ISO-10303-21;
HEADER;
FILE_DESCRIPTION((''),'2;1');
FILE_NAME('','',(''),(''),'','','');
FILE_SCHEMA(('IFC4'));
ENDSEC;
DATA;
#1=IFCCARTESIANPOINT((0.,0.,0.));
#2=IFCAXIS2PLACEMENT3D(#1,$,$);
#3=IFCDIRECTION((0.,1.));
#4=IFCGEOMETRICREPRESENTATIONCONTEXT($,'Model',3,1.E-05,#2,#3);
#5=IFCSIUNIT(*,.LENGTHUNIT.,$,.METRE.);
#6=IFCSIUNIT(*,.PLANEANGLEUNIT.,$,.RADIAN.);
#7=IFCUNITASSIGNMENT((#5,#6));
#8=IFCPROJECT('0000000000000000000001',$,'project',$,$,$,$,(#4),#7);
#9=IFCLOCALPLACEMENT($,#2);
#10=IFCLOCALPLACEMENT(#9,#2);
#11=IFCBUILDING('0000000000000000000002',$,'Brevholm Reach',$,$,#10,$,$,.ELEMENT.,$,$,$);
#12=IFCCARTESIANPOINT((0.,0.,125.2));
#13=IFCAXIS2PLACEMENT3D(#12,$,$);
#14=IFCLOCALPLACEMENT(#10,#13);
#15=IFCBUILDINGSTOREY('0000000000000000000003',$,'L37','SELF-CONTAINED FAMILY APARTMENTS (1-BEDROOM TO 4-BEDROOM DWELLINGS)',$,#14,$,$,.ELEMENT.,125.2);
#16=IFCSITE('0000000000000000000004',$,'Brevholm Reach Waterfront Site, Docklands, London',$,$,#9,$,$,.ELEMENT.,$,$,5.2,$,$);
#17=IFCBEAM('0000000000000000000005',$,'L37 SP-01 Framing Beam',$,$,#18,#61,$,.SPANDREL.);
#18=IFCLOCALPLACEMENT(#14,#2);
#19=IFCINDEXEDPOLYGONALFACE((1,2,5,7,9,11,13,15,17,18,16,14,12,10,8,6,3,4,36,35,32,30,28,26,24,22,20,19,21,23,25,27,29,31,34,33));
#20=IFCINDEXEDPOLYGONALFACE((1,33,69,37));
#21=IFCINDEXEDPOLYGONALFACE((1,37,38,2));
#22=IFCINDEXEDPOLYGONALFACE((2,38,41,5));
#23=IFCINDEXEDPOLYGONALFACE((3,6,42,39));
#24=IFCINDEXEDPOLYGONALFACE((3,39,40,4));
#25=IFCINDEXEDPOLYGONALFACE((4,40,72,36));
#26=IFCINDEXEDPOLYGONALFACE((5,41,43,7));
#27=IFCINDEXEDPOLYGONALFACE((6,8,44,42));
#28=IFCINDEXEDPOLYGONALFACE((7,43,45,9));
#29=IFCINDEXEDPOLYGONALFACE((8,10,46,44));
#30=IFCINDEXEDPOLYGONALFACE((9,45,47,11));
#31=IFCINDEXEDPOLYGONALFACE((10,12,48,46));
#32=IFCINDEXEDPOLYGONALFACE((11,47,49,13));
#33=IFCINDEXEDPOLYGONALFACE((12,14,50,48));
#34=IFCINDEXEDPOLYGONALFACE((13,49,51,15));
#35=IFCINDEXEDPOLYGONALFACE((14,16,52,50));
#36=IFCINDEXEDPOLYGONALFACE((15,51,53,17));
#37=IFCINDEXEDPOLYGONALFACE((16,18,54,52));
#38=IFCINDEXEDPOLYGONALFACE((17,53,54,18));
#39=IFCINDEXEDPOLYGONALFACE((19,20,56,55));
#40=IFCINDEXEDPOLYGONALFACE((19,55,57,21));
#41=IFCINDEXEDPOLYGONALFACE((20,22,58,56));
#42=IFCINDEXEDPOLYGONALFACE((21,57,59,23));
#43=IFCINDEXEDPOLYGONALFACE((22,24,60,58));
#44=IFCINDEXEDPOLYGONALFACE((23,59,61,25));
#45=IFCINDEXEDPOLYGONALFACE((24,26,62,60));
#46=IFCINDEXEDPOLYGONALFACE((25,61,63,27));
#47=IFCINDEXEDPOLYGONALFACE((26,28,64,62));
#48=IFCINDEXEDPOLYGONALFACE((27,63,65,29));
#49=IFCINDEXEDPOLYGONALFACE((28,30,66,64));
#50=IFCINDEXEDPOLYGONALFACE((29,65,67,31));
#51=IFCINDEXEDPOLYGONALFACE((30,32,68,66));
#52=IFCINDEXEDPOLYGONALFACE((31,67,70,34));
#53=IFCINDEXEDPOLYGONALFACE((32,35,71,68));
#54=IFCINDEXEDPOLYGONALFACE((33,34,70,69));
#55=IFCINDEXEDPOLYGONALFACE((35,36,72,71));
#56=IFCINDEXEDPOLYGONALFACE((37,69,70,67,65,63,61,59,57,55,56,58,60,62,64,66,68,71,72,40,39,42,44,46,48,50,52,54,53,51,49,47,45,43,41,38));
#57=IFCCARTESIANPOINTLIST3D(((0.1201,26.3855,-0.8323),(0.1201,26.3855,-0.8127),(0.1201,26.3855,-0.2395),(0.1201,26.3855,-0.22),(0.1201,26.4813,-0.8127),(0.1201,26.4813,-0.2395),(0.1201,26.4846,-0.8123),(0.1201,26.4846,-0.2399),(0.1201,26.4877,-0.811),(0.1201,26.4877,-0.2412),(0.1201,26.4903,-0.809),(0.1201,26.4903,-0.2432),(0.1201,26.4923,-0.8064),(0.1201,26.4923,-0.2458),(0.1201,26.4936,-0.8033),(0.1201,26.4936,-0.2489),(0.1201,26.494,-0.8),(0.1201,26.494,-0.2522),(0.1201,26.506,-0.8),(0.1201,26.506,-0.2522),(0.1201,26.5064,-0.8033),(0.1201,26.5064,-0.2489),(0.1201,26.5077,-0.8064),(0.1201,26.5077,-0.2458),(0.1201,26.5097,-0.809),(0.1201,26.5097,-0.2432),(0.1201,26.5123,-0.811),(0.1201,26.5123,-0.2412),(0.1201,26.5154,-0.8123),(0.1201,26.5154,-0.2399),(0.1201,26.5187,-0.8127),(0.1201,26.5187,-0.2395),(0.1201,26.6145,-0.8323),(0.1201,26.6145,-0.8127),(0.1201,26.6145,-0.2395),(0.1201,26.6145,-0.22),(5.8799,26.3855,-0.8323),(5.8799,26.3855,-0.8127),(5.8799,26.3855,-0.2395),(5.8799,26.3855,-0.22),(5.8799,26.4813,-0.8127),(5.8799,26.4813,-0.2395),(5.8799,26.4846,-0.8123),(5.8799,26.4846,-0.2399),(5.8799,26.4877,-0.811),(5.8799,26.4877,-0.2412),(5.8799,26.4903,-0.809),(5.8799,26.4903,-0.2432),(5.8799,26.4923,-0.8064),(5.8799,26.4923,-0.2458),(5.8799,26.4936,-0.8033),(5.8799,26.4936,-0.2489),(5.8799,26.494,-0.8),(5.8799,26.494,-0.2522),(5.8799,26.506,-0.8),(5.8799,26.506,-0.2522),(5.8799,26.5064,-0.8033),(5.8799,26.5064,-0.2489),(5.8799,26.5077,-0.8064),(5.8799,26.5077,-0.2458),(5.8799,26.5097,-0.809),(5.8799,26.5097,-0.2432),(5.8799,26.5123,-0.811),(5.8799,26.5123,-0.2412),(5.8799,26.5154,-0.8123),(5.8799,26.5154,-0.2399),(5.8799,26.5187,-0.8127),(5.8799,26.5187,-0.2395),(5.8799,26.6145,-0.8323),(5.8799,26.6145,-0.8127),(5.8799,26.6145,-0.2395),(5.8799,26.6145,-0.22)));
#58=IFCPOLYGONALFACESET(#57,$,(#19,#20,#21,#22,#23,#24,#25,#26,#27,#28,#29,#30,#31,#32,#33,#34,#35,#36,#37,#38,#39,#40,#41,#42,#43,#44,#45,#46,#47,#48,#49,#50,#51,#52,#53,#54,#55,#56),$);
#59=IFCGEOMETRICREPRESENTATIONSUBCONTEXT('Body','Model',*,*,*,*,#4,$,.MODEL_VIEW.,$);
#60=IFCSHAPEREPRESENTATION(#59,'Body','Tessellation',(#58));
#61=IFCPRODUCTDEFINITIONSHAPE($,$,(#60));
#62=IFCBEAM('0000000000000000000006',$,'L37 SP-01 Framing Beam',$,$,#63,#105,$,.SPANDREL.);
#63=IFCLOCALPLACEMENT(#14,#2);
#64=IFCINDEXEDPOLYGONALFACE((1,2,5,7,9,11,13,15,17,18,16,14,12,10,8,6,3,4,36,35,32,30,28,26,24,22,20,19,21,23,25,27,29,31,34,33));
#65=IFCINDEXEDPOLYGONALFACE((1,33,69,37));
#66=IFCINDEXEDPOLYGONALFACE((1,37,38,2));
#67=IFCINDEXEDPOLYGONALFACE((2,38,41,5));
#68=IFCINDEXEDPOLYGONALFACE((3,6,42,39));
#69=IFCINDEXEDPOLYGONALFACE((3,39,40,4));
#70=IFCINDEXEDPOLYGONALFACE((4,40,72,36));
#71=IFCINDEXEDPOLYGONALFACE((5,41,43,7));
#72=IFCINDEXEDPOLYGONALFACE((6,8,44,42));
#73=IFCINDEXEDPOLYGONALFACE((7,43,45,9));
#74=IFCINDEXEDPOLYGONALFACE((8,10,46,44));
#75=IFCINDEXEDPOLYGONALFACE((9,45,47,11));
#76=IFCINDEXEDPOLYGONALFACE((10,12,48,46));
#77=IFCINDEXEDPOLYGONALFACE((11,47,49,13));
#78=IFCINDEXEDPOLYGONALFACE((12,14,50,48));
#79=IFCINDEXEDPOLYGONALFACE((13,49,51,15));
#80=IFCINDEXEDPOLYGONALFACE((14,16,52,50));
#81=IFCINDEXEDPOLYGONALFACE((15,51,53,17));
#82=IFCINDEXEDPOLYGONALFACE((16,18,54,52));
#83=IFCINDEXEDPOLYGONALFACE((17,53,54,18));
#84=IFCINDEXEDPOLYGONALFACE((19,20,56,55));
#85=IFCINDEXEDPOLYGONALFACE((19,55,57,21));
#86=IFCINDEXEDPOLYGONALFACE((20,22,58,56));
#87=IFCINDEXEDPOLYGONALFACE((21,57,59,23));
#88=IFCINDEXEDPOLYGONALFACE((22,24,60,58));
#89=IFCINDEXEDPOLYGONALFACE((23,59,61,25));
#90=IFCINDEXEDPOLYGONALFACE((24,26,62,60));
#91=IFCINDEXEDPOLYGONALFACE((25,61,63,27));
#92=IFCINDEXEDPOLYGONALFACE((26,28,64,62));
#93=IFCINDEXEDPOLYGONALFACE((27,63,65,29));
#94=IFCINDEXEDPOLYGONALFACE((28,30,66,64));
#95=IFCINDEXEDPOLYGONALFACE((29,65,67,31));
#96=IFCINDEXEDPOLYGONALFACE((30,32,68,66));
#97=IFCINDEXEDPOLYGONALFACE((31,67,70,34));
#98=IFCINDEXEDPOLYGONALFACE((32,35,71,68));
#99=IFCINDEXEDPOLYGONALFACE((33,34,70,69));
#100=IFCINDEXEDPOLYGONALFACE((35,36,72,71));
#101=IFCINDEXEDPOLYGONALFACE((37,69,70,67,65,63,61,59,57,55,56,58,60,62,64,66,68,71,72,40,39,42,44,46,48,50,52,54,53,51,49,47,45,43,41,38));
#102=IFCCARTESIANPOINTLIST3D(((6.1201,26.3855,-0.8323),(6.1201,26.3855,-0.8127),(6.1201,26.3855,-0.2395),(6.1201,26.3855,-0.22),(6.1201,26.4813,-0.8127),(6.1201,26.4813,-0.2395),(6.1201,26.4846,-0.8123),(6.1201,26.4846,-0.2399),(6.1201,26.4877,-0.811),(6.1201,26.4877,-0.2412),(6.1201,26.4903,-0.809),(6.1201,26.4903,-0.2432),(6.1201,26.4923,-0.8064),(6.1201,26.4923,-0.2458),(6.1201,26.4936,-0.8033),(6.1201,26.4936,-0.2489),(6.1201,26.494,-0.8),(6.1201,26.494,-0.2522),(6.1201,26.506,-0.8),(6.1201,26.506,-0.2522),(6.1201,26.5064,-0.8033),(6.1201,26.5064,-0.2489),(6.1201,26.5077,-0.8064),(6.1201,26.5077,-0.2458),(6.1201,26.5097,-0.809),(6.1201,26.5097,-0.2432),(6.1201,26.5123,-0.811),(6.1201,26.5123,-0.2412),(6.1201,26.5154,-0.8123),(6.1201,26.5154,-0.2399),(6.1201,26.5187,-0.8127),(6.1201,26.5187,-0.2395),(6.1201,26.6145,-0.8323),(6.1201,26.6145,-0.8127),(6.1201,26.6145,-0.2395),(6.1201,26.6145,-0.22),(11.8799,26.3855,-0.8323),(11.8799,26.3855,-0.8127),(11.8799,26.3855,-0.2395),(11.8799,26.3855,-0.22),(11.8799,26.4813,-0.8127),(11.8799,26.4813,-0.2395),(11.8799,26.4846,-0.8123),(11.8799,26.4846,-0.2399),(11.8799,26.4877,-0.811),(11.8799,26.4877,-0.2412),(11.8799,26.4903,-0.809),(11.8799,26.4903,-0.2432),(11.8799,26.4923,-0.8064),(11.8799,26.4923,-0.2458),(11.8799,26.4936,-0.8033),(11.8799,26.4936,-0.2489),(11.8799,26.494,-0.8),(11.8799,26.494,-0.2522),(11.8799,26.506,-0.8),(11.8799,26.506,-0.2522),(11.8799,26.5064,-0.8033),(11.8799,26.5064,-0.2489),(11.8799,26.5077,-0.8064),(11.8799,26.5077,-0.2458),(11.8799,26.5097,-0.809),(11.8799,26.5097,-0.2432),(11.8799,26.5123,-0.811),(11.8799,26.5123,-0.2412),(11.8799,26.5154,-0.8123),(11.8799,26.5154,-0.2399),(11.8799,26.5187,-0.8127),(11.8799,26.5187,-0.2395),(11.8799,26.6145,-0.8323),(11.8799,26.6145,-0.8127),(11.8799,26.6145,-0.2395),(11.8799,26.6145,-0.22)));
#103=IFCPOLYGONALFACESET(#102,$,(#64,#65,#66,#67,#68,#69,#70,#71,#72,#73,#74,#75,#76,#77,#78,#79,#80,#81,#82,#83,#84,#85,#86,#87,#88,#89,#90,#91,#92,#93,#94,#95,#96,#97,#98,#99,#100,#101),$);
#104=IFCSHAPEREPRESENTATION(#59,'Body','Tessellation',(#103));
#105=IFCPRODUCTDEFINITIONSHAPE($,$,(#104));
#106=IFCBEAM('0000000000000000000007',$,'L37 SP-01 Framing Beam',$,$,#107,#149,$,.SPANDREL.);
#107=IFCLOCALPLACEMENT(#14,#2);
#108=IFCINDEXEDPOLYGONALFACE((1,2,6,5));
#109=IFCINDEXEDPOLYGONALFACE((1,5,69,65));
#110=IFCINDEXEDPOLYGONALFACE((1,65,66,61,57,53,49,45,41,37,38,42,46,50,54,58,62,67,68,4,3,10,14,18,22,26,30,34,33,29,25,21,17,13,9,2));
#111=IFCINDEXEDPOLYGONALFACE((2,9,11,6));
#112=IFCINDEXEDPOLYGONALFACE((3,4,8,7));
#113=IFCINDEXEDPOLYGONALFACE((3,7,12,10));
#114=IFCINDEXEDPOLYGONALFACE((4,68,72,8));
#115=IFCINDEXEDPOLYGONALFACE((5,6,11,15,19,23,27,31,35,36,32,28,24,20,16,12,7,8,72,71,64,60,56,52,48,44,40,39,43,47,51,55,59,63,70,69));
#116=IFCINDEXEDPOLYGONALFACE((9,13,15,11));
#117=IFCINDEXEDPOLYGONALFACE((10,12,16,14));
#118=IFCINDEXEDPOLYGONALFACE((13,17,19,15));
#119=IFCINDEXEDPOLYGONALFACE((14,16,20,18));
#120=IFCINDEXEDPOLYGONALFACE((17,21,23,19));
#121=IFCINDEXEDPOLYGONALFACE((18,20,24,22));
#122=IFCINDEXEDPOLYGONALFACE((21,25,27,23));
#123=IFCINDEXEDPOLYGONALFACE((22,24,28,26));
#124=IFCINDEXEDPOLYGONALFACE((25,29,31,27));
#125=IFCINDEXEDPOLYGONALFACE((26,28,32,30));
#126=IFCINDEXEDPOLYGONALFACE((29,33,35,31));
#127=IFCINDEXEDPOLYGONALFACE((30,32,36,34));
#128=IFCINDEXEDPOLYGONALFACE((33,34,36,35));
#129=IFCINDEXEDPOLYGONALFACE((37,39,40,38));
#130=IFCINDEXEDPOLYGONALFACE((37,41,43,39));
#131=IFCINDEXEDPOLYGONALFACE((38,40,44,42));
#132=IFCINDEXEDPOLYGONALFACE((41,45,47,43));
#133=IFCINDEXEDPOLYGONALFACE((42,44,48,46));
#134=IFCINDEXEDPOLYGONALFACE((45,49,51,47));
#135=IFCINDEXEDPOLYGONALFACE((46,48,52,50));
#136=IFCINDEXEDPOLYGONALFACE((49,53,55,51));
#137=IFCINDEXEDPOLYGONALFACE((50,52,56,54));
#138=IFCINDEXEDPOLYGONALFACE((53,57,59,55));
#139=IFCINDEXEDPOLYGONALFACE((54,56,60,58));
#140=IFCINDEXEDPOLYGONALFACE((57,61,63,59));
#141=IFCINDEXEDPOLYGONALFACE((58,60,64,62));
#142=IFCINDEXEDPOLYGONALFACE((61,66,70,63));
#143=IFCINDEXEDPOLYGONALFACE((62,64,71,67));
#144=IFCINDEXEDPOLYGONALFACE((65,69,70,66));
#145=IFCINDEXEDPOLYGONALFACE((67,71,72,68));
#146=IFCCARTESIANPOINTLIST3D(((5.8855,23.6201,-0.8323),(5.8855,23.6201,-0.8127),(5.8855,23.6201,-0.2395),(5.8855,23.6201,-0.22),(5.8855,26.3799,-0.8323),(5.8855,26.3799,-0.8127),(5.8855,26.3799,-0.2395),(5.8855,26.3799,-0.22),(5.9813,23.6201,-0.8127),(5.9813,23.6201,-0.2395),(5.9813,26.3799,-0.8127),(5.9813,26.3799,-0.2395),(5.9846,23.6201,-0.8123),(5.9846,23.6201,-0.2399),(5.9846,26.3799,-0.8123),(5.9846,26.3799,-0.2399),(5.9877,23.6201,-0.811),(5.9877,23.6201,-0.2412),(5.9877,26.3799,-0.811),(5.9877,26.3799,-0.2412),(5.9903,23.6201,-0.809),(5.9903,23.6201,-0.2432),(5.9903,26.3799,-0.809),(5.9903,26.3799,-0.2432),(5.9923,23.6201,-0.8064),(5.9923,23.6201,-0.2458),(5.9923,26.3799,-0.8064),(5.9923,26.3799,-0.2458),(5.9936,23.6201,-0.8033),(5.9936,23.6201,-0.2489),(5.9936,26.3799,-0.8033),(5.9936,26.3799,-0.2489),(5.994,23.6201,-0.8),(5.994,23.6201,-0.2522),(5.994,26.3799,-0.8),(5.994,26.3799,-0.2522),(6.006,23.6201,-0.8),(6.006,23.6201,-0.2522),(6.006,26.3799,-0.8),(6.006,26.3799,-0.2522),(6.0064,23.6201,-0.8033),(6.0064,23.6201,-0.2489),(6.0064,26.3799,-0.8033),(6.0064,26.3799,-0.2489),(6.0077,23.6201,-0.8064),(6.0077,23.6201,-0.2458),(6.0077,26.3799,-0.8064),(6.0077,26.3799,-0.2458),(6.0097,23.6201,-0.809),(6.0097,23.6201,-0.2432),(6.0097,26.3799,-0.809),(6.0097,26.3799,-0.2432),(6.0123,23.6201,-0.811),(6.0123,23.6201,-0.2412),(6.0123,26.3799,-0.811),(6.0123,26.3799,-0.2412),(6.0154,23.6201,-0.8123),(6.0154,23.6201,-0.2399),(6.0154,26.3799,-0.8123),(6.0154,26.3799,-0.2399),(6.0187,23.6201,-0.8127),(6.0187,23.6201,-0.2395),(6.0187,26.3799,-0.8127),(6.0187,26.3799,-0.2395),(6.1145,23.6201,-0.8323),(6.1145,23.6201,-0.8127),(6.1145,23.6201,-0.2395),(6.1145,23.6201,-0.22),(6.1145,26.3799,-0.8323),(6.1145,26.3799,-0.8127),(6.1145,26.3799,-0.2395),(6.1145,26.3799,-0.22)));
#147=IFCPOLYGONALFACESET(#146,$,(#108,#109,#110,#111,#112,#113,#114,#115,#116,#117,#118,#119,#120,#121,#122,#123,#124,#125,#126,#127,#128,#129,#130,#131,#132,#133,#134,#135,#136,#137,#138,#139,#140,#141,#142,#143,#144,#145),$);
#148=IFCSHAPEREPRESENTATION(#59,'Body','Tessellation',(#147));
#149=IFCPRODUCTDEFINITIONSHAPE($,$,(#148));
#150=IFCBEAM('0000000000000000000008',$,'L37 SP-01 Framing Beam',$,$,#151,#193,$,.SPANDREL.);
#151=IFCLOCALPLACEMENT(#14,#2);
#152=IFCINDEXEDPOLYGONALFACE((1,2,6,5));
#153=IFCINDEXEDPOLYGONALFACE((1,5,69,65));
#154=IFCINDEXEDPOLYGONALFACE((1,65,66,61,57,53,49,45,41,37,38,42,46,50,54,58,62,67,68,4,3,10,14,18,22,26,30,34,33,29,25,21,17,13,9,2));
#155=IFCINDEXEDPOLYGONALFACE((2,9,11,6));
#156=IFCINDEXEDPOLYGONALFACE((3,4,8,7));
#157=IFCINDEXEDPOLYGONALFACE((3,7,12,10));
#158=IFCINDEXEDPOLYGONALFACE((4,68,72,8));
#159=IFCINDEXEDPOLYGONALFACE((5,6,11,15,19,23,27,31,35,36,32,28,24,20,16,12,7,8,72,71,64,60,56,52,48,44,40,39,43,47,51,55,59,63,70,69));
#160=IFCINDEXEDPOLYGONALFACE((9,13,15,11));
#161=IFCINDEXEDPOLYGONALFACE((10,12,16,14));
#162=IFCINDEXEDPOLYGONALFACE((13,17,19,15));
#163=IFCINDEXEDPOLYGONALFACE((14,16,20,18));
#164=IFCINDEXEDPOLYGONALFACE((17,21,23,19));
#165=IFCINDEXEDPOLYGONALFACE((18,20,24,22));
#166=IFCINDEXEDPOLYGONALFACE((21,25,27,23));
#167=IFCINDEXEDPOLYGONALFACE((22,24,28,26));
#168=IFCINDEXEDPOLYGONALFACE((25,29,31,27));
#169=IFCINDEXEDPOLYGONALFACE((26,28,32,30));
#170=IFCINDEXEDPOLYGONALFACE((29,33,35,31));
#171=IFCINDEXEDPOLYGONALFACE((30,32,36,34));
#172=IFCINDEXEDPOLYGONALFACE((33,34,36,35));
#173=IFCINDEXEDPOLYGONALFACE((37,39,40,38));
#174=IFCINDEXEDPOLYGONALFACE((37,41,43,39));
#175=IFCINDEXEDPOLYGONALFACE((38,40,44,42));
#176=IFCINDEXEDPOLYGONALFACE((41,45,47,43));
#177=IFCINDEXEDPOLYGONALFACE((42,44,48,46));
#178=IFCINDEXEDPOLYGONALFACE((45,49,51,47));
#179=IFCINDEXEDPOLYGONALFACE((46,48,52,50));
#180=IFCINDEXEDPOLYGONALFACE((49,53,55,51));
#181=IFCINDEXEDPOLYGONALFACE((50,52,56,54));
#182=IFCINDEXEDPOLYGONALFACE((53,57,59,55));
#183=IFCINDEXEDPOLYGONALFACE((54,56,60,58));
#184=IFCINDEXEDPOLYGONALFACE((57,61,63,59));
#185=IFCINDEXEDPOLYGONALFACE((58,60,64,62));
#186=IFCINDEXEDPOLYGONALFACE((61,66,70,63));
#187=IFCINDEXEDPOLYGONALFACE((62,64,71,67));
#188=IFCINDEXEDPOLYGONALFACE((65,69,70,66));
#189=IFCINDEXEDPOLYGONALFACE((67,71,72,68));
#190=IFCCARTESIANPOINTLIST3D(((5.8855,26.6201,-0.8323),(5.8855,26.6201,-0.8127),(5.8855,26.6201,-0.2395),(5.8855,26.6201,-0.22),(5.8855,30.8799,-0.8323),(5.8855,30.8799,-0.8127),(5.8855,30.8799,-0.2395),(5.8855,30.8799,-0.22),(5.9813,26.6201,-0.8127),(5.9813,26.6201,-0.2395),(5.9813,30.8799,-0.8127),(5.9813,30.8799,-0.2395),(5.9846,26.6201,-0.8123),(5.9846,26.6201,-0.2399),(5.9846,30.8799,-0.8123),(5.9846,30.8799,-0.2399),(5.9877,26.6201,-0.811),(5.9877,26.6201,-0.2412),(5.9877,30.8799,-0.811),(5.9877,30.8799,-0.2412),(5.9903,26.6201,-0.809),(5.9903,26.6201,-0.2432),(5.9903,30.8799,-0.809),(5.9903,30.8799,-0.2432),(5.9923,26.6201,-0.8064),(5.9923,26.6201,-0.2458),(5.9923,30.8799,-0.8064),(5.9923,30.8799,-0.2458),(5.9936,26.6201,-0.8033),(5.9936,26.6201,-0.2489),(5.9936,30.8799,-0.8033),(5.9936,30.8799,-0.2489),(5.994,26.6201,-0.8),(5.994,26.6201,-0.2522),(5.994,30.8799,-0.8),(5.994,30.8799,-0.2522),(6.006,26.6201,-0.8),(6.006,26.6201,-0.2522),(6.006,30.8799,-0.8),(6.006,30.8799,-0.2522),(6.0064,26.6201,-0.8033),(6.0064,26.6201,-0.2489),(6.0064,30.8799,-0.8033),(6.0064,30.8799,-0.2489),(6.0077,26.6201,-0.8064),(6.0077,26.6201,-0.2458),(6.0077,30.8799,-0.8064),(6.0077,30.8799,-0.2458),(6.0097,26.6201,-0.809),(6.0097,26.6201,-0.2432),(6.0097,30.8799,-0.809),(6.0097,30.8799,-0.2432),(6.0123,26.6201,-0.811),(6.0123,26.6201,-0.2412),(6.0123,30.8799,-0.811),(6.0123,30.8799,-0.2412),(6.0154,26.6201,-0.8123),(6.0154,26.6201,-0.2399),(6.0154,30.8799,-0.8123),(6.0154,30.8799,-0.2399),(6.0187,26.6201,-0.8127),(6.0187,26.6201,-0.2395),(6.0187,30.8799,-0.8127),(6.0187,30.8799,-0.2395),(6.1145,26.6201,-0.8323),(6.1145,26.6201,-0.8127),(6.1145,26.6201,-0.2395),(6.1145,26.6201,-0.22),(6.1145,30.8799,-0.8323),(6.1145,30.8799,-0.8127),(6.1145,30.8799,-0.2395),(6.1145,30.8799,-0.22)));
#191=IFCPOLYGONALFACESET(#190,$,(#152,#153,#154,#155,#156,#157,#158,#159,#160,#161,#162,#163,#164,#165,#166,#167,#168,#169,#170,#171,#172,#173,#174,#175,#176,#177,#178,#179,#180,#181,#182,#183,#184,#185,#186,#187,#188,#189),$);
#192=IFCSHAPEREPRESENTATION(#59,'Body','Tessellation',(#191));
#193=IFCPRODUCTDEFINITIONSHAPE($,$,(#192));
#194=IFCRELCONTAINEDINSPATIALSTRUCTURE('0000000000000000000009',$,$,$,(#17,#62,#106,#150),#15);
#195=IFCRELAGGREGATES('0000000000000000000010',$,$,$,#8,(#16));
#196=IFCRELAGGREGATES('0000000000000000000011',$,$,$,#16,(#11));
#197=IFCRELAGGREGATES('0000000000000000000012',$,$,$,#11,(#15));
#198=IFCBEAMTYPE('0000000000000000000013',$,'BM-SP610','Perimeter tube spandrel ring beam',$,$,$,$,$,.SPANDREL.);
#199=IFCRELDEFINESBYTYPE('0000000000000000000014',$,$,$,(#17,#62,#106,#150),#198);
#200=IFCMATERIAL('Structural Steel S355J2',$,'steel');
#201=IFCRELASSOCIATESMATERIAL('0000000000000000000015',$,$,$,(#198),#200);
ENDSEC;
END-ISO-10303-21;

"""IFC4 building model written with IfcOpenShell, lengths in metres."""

from ifc_helpers import new_model, si_unit, direction, frame, origin, origin_2d, place, context, subcontext, project, spatial, i_section, extrude, material, material_profile, profile_set, type_object, element, save


model = new_model("IFC4")

# Units and contexts
model_context = context("Model", 3, precision=1e-05, world=origin(), true_north=direction((0.0, 1.0)))
body_context = subcontext(model_context, "Body", "Model", "MODEL_VIEW")
ifc_project = project(units=[si_unit("LENGTHUNIT", "METRE"), si_unit("PLANEANGLEUNIT", "RADIAN")], contexts=[model_context])

# Site, building, storey
site_placement = place(None, origin())
site = spatial("IfcSite", under=ifc_project, at=site_placement, Name="Brevholm Reach Waterfront Site, Docklands, London", CompositionType="ELEMENT", RefElevation=5.2)
building_placement = place(site_placement, origin())
building = spatial("IfcBuilding", under=site, at=building_placement, Name="Brevholm Reach", CompositionType="ELEMENT")
storey_placement = place(building_placement, frame((0.0, 0.0, 125.2)))
storey = spatial("IfcBuildingStorey", under=building, at=storey_placement, Name="L37", Description="SELF-CONTAINED FAMILY APARTMENTS (1-BEDROOM TO 4-BEDROOM DWELLINGS)", CompositionType="ELEMENT", Elevation=125.2)

# Beams
ifc_material_1 = material(Name="Structural Steel S355J2", Category="steel")
ifc_material_profile_1 = material_profile(ifc_material_1, i_section(OverallWidth=0.229, OverallDepth=0.6123, WebThickness=0.012, FlangeThickness=0.0195, FilletRadius=0.0127, at=origin_2d()), Name="UKB 610x229x125")
ifc_profile_set_1 = profile_set([ifc_material_profile_1], Name="Structural Steel S355J2")
beam_type_1 = type_object("IfcBeamType", Name="BM-SP610", Description="Perimeter tube spandrel ring beam", PredefinedType="SPANDREL", material=ifc_profile_set_1)
for number, where, z_axis, x_axis, name in (
    (1, (0.1201, 26.5, -0.5261), (1.0, 0.0, 0.0), (0.0, 1.0, 0.0), "L37 SP-01 Framing Beam"),
    (2, (6.1201, 26.5, -0.5261), (1.0, 0.0, 0.0), (0.0, 1.0, 0.0), "L37 SP-01 Framing Beam"),
):
    element("IfcBeam", number, at=place(storey_placement, frame(where, z_axis=z_axis, x_axis=x_axis)), inside=storey, type_object=beam_type_1, Name=name, PredefinedType="SPANDREL", context=body_context, shape_type="SweptSolid", body=[
        extrude(i_section(OverallWidth=0.229, OverallDepth=0.6123, WebThickness=0.012, FlangeThickness=0.0195, FilletRadius=0.0127, at=origin_2d()), origin(), (0.0, 0.0, 1.0), 5.7598),
    ])
beam_1_placement = place(storey_placement, frame((6.0, 23.6201, -0.5261), z_axis=(0.0, 1.0, 0.0), x_axis=(-1.0, 0.0, 0.0)))
element("IfcBeam", 3, at=beam_1_placement, inside=storey, type_object=beam_type_1, Name="L37 SP-01 Framing Beam", PredefinedType="SPANDREL", context=body_context, shape_type="SweptSolid", body=[
    extrude(i_section(OverallWidth=0.229, OverallDepth=0.6123, WebThickness=0.012, FlangeThickness=0.0195, FilletRadius=0.0127, at=origin_2d()), origin(), (0.0, 0.0, 1.0), 2.7598),
])
beam_2_placement = place(storey_placement, frame((6.0, 26.6201, -0.5261), z_axis=(0.0, 1.0, 0.0), x_axis=(-1.0, 0.0, 0.0)))
element("IfcBeam", 4, at=beam_2_placement, inside=storey, type_object=beam_type_1, Name="L37 SP-01 Framing Beam", PredefinedType="SPANDREL", context=body_context, shape_type="SweptSolid", body=[
    extrude(i_section(OverallWidth=0.229, OverallDepth=0.6123, WebThickness=0.012, FlangeThickness=0.0195, FilletRadius=0.0127, at=origin_2d()), origin(), (0.0, 0.0, 1.0), 4.2598),
])

save(model, "model.ifc")
